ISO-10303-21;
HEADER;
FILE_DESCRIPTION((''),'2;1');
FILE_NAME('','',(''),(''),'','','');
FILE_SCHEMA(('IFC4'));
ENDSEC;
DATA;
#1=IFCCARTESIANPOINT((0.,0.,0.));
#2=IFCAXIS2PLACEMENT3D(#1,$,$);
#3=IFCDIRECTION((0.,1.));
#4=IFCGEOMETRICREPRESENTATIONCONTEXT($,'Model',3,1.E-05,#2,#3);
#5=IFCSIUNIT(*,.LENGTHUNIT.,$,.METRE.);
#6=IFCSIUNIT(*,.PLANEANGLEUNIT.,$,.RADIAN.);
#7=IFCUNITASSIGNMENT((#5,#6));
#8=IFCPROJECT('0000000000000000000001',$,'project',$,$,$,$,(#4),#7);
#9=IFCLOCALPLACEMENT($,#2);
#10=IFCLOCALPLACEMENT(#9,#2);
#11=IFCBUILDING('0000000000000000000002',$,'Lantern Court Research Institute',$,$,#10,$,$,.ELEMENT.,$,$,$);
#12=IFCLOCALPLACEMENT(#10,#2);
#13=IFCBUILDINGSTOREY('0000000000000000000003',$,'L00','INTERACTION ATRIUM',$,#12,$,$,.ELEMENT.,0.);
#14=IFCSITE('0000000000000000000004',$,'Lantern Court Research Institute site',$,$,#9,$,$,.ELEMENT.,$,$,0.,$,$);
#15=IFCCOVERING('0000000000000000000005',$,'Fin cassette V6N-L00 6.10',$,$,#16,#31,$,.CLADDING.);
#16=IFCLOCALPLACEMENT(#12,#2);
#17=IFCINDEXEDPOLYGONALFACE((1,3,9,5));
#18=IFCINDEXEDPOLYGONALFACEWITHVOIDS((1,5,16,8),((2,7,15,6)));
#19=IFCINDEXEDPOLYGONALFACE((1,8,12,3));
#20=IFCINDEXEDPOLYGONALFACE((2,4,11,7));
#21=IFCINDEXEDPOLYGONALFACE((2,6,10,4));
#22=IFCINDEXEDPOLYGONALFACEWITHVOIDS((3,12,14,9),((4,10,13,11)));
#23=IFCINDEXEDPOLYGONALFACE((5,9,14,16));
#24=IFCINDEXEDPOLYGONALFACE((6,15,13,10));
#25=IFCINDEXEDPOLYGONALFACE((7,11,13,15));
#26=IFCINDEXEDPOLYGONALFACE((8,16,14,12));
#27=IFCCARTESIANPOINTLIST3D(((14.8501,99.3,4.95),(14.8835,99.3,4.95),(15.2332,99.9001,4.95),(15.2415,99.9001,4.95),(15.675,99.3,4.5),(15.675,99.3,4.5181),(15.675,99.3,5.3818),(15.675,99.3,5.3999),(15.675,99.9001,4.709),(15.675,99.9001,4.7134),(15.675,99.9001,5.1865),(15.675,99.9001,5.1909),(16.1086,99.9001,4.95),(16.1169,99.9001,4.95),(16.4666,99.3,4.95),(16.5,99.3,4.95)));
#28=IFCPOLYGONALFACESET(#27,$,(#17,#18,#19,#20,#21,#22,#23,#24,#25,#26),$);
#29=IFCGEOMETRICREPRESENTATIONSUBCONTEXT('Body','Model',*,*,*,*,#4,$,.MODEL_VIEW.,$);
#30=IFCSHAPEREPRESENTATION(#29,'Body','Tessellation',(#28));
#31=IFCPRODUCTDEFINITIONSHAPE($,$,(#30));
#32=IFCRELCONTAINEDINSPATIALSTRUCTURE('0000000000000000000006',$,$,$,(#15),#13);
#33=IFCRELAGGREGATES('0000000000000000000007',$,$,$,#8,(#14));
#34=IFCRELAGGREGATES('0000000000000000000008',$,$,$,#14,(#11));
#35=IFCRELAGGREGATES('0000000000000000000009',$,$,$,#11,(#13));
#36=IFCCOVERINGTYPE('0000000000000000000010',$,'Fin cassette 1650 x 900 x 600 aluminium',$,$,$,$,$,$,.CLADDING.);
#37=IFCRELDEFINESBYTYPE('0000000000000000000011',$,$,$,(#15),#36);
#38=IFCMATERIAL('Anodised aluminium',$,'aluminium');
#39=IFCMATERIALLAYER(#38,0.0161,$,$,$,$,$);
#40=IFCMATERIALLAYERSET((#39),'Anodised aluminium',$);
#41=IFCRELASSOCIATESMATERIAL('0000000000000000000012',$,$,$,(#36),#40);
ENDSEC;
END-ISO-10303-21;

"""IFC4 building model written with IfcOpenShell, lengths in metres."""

from ifc_helpers import new_model, entity, si_unit, direction, frame, origin, place, context, subcontext, project, spatial, material, layer, layer_set, type_object, element, save


model = new_model("IFC4")

# Units and contexts
model_context = context("Model", 3, precision=1e-05, world=origin(), true_north=direction((0.0, 1.0)))
body_context = subcontext(model_context, "Body", "Model", "MODEL_VIEW")
ifc_project = project(units=[si_unit("LENGTHUNIT", "METRE"), si_unit("PLANEANGLEUNIT", "RADIAN")], contexts=[model_context])

# Site, building, storey
site_placement = place(None, origin())
site = spatial("IfcSite", under=ifc_project, at=site_placement, Name="Lantern Court Research Institute site", CompositionType="ELEMENT", RefElevation=0.0)
building_placement = place(site_placement, origin())
building = spatial("IfcBuilding", under=site, at=building_placement, Name="Lantern Court Research Institute", CompositionType="ELEMENT")
storey_placement = place(building_placement, origin())
storey = spatial("IfcBuildingStorey", under=building, at=storey_placement, Name="L00", Description="INTERACTION ATRIUM", CompositionType="ELEMENT", Elevation=0.0)

# Covering
ifc_material_1 = material(Name="Anodised aluminium", Category="aluminium")
ifc_layer_1 = layer(ifc_material_1, 0.0161)
ifc_layer_set_1 = layer_set([ifc_layer_1], Name="Anodised aluminium")
covering_type_1 = type_object("IfcCoveringType", Name="Fin cassette 1650 x 900 x 600 aluminium", PredefinedType="CLADDING", material=ifc_layer_set_1)
covering_1_placement = place(storey_placement, frame((15.675, 99.3, 4.95), z_axis=(0.0, 1.0, 0.0), x_axis=(-1.0, 0.0, 0.0)))
cartesian_point_1 = entity("IfcCartesianPoint", [0.825, 0.0])
cartesian_point_2 = entity("IfcCartesianPoint", [0.7915, 0.0])
cartesian_point_3 = entity("IfcCartesianPoint", [0.4419, 0.0])
cartesian_point_4 = entity("IfcCartesianPoint", [0.4336, 0.0])
element("IfcCovering", 1, at=covering_1_placement, inside=storey, type_object=covering_type_1, Name="Fin cassette V6N-L00 6.10", PredefinedType="CLADDING", context=body_context, shape_type="SweptSolid", body=[
    entity("IfcExtrudedAreaSolidTapered", entity("IfcArbitraryProfileDefWithVoids", "AREA", None, entity("IfcPolyline", [cartesian_point_1, entity("IfcCartesianPoint", [0.0, 0.45]), entity("IfcCartesianPoint", [-0.825, 0.0]), entity("IfcCartesianPoint", [0.0, -0.45]), cartesian_point_1]), [entity("IfcPolyline", [cartesian_point_2, entity("IfcCartesianPoint", [0.0, 0.4319]), entity("IfcCartesianPoint", [-0.7915, 0.0]), entity("IfcCartesianPoint", [0.0, -0.4319]), cartesian_point_2])]), entity("IfcAxis2Placement3D", entity("IfcCartesianPoint", [0.0, 0.0, 0.0])), entity("IfcDirection", [0.0, 0.0, 1.0]), 0.6001, entity("IfcArbitraryProfileDefWithVoids", "AREA", None, entity("IfcPolyline", [cartesian_point_3, entity("IfcCartesianPoint", [0.0, 0.241]), entity("IfcCartesianPoint", [-0.4419, 0.0]), entity("IfcCartesianPoint", [0.0, -0.241]), cartesian_point_3]), [entity("IfcPolyline", [cartesian_point_4, entity("IfcCartesianPoint", [0.0, 0.2366]), entity("IfcCartesianPoint", [-0.4336, 0.0]), entity("IfcCartesianPoint", [0.0, -0.2366]), cartesian_point_4])])),
])

save(model, "model.ifc")
